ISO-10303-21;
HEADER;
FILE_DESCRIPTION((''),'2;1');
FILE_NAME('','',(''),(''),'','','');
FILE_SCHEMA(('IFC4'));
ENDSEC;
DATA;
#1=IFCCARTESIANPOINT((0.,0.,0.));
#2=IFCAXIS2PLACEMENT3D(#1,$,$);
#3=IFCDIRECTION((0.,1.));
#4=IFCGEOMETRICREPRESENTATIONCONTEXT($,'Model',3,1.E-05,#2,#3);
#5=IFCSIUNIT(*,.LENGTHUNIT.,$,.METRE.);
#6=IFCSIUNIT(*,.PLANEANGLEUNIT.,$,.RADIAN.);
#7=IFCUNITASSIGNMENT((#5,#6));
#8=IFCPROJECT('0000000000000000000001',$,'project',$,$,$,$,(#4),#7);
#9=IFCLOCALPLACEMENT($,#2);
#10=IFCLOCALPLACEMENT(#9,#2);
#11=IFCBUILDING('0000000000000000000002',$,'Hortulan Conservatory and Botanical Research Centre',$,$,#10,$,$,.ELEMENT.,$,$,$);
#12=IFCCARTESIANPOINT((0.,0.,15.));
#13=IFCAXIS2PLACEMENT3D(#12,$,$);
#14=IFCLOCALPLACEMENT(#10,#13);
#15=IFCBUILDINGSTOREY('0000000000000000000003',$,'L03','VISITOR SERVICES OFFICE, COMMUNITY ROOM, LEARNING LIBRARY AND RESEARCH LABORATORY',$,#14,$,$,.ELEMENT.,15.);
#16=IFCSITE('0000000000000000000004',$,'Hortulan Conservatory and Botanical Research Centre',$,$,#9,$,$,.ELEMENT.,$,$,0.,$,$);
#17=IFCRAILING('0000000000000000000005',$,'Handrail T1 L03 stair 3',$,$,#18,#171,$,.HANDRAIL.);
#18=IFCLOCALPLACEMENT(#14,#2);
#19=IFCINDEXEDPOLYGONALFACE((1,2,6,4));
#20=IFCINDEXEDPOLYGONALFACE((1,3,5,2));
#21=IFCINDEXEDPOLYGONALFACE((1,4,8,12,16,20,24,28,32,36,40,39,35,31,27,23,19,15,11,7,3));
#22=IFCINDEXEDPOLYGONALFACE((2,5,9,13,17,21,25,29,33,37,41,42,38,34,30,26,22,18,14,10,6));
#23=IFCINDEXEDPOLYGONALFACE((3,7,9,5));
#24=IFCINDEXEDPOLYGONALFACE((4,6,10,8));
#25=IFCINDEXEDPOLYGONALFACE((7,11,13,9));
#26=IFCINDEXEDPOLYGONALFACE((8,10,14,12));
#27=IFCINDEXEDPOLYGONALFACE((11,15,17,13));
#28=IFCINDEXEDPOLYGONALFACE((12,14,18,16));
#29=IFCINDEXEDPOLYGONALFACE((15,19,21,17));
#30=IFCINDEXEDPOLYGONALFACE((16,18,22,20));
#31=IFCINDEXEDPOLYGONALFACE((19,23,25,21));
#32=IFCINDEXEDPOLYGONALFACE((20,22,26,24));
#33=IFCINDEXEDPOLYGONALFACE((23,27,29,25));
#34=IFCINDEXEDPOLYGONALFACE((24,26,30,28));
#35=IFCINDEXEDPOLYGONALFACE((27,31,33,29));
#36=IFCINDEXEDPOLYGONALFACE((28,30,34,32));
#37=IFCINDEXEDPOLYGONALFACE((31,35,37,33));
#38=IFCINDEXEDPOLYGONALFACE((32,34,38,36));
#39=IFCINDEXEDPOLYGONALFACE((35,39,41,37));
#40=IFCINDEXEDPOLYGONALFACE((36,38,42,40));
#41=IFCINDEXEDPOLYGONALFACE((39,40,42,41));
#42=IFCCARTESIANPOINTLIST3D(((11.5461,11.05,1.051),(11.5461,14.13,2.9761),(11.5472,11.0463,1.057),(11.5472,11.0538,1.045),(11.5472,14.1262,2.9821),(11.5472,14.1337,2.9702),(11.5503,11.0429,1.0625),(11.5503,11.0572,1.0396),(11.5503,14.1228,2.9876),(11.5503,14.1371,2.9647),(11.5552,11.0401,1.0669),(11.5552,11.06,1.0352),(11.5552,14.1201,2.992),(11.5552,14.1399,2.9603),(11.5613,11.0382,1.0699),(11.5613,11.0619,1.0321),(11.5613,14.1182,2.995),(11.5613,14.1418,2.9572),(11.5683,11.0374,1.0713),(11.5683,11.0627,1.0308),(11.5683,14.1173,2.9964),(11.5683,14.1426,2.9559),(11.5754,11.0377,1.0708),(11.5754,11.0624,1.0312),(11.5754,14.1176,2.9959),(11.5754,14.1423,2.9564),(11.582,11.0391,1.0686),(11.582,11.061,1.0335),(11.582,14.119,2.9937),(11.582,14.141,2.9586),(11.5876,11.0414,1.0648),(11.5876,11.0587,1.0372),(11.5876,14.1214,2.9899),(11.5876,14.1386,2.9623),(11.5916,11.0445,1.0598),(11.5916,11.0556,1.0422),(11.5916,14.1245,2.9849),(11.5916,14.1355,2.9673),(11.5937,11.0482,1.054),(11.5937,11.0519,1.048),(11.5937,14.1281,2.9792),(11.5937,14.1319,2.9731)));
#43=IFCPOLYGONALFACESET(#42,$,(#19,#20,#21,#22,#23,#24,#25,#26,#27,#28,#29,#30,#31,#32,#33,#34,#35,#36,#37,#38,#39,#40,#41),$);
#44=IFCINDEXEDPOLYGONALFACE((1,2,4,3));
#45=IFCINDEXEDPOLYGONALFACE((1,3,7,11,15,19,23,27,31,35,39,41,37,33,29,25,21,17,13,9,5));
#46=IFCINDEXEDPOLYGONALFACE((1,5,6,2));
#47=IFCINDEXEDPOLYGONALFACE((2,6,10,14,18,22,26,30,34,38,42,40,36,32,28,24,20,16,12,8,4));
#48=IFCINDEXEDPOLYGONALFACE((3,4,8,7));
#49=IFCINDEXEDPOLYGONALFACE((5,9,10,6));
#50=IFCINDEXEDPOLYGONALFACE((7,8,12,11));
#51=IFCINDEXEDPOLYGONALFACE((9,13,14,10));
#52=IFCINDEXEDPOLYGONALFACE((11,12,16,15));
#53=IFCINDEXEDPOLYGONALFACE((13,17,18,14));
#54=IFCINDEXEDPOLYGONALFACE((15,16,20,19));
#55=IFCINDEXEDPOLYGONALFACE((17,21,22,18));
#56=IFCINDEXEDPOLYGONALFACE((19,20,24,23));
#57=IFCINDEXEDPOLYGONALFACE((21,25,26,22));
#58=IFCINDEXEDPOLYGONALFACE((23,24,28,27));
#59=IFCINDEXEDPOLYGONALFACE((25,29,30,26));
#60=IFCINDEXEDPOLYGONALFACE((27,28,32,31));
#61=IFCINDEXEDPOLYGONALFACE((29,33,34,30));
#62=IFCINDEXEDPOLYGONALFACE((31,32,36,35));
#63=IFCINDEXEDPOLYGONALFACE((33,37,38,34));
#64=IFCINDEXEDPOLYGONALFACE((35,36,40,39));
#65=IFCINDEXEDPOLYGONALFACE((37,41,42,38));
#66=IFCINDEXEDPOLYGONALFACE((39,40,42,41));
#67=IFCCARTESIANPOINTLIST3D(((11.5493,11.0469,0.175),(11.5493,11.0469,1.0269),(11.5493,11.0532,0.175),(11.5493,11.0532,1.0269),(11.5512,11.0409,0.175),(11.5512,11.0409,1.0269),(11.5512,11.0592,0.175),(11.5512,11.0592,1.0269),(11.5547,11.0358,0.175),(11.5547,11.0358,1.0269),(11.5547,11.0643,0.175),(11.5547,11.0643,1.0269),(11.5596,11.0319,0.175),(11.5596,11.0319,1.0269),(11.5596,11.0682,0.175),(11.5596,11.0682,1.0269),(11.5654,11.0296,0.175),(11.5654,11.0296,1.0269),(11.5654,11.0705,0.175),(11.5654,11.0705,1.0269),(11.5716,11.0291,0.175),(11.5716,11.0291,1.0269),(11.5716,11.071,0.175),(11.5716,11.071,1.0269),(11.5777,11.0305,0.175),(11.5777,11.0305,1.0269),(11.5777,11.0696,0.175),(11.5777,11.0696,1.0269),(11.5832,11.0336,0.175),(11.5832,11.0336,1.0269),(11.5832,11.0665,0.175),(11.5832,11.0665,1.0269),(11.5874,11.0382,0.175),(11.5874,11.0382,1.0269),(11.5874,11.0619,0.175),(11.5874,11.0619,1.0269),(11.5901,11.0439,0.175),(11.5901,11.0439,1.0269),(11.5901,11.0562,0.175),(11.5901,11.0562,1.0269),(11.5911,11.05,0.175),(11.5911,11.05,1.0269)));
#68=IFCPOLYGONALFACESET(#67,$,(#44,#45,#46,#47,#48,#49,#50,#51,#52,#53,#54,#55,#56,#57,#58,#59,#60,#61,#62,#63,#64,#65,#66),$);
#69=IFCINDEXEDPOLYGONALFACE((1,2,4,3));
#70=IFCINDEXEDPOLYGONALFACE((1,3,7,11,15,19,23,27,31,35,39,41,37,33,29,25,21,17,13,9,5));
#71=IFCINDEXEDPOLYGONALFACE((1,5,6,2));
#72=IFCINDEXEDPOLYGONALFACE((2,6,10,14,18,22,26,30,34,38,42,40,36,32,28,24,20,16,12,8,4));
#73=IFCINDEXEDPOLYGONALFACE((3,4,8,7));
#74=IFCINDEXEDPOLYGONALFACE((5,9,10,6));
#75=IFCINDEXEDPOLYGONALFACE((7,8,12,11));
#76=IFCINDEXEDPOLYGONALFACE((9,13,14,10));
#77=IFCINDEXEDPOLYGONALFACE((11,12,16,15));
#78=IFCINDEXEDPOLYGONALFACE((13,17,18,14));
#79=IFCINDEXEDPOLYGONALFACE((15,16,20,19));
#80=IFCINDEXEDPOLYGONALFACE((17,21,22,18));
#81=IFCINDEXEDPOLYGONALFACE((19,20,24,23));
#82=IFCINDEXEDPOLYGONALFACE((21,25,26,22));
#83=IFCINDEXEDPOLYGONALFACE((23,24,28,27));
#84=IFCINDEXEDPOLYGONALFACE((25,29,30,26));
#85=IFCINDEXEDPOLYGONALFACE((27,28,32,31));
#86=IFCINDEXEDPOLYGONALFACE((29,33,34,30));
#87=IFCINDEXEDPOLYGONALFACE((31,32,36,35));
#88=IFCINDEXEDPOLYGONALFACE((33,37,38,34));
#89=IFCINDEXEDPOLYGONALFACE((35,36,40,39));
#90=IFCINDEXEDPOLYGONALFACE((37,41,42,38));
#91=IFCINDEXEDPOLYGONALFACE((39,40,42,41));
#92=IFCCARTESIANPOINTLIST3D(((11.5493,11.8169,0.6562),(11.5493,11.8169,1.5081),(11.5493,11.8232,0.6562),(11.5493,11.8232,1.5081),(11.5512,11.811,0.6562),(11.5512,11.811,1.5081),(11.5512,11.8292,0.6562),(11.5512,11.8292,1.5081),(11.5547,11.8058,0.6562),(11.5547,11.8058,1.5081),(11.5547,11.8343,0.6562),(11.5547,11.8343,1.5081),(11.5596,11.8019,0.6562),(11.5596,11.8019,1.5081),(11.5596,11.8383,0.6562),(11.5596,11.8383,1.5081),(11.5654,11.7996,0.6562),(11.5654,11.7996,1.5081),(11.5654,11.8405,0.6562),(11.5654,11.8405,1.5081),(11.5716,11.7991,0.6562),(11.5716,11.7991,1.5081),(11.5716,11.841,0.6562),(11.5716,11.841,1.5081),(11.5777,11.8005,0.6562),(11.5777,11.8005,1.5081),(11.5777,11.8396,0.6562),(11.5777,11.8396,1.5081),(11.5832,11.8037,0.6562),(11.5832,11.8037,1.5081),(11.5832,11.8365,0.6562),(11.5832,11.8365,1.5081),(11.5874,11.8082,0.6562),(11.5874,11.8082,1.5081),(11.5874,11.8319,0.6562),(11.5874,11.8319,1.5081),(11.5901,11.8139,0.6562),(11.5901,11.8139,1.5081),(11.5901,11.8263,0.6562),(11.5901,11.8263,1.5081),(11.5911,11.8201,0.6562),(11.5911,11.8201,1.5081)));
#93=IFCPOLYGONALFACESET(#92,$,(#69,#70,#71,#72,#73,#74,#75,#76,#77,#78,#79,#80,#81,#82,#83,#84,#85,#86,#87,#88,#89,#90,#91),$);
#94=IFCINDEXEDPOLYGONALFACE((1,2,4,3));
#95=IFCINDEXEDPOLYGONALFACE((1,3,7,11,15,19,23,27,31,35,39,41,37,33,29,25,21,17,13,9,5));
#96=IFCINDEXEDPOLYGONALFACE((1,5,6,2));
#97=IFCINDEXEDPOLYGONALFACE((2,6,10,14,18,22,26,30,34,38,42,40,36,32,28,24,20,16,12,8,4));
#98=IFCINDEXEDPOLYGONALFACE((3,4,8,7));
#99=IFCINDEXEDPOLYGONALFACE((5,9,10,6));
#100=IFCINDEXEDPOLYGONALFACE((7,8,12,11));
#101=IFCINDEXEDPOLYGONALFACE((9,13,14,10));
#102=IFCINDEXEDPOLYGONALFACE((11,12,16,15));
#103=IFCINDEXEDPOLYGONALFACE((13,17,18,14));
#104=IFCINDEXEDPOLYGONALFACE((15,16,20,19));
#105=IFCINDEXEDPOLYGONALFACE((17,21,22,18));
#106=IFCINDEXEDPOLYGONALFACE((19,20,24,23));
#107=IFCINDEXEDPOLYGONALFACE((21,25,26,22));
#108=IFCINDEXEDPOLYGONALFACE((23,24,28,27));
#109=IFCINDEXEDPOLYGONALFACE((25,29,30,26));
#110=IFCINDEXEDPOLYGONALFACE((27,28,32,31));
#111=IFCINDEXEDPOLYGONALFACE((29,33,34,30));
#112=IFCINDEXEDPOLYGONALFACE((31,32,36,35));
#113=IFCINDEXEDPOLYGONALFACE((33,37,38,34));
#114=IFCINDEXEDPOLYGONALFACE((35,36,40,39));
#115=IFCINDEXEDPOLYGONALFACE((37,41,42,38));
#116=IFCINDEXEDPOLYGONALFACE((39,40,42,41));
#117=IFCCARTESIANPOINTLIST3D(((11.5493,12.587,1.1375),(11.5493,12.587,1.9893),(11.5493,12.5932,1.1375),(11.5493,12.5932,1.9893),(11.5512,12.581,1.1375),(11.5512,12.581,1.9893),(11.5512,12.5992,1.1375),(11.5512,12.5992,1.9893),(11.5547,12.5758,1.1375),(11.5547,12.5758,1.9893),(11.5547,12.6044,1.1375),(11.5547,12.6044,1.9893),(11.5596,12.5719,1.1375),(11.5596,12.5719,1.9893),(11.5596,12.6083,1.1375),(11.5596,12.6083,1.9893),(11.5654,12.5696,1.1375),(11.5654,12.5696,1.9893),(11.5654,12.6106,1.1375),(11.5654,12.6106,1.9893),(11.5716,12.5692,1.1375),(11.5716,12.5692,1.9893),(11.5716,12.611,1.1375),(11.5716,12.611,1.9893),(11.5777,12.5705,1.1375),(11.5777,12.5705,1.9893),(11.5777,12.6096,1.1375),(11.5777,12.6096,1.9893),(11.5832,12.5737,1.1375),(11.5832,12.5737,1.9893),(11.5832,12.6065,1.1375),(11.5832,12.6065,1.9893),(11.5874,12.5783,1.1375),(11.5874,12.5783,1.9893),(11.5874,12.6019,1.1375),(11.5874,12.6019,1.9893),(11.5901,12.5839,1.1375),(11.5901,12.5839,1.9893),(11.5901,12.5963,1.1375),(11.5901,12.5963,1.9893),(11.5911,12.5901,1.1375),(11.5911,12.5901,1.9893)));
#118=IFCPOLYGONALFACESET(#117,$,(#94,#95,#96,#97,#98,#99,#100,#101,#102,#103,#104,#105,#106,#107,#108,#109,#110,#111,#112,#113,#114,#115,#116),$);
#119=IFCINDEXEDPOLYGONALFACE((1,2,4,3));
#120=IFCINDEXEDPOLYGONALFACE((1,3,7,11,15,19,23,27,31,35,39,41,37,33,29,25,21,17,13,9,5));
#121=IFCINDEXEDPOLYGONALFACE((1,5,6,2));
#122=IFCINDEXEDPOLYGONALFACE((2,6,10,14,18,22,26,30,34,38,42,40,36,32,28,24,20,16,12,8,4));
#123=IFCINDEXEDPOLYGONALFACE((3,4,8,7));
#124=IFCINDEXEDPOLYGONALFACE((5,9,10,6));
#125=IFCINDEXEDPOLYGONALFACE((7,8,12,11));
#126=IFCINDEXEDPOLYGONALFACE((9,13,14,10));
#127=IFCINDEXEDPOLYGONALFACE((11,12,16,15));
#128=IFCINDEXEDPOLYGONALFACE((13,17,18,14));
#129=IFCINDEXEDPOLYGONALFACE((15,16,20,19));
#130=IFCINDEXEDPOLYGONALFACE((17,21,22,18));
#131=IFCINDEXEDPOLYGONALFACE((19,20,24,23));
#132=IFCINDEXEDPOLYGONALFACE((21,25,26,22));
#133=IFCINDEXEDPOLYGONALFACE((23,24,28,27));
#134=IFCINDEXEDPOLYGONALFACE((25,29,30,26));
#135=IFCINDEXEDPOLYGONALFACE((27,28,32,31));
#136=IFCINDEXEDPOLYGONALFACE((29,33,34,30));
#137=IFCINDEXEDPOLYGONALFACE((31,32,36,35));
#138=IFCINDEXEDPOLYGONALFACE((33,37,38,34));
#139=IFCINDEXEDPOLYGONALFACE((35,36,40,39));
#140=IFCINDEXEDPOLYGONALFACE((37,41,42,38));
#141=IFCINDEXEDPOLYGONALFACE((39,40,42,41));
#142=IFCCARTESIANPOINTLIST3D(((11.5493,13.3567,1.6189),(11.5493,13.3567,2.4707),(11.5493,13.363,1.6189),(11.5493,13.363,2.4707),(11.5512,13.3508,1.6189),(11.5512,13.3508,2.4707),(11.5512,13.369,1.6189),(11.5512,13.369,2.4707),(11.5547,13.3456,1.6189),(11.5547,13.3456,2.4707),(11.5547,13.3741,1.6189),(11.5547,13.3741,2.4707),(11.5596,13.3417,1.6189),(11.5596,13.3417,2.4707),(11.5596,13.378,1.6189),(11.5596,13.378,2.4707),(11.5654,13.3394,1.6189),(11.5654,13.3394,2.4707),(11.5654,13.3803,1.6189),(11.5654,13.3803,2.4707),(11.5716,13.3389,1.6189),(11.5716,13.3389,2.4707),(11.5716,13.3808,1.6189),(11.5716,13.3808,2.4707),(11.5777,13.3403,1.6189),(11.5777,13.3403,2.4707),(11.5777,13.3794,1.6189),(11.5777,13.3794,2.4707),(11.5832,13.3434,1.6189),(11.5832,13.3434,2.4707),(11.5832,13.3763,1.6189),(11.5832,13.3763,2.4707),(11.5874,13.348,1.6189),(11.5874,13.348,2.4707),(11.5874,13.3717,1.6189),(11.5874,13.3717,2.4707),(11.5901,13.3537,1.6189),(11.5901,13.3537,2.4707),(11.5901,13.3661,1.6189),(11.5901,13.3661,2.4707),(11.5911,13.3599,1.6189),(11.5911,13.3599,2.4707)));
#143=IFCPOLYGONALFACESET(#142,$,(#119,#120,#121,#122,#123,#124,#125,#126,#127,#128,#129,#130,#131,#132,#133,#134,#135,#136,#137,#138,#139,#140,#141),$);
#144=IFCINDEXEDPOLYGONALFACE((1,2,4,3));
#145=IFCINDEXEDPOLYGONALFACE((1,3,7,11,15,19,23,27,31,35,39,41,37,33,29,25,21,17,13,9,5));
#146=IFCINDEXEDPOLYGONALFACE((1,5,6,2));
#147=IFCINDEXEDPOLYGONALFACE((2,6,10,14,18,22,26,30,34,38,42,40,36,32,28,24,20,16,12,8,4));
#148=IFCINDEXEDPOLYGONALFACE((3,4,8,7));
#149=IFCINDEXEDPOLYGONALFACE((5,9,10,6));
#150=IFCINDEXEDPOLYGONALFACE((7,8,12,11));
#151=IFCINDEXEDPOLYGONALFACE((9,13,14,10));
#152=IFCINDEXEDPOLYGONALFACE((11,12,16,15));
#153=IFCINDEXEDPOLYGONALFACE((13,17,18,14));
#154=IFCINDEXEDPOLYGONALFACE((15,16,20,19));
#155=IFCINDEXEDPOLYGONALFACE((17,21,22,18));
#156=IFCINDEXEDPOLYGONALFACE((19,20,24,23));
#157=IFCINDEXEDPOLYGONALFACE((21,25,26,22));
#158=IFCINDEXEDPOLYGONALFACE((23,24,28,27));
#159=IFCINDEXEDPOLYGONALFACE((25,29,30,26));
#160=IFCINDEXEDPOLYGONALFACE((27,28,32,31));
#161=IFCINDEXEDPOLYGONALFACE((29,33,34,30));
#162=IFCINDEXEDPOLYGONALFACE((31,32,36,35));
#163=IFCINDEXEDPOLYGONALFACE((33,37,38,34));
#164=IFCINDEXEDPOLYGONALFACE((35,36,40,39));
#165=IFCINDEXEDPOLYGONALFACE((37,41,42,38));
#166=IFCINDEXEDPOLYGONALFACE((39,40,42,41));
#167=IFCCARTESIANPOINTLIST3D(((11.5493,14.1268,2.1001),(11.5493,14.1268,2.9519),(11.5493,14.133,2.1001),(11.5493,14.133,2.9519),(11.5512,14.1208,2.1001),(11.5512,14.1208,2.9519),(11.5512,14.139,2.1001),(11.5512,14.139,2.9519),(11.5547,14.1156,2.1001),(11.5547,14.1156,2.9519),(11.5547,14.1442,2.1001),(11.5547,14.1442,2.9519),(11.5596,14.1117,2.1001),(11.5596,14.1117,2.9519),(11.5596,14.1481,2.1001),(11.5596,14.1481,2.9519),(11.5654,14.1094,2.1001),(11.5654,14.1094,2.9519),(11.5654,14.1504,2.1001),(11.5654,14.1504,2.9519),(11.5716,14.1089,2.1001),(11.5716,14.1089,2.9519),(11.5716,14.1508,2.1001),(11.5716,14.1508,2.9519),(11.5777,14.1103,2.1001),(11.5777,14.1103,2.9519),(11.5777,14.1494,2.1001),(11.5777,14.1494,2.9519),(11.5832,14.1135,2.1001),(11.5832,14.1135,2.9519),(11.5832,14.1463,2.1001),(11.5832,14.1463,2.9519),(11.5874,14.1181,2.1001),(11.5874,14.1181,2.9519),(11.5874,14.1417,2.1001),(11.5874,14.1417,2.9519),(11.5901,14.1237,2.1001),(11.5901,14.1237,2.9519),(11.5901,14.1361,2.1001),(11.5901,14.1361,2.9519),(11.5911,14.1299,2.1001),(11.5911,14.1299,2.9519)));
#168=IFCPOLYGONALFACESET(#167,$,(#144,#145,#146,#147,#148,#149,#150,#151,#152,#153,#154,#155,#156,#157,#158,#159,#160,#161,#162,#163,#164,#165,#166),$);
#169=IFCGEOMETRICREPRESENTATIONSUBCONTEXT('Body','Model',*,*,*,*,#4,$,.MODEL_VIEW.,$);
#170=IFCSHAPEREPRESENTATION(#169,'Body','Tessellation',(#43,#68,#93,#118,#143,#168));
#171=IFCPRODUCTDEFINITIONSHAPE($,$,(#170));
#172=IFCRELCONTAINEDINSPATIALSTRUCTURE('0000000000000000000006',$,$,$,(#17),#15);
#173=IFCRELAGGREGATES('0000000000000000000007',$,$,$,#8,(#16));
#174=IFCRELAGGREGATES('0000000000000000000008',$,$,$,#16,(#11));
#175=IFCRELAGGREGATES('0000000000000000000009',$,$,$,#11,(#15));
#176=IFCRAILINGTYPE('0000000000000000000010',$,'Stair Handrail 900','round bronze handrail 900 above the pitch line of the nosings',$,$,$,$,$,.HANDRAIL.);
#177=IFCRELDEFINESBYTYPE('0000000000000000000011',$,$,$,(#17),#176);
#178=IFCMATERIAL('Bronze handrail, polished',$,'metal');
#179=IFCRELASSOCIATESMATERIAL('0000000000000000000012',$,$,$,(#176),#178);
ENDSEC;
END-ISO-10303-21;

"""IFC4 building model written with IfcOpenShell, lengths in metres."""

from ifc_helpers import new_model, si_unit, direction, frame, origin, origin_2d, place, context, subcontext, project, spatial, circle, extrude, material, type_object, element, save


model = new_model("IFC4")

# Units and contexts
model_context = context("Model", 3, precision=1e-05, world=origin(), true_north=direction((0.0, 1.0)))
body_context = subcontext(model_context, "Body", "Model", "MODEL_VIEW")
ifc_project = project(units=[si_unit("LENGTHUNIT", "METRE"), si_unit("PLANEANGLEUNIT", "RADIAN")], contexts=[model_context])

# Site, building, storey
site_placement = place(None, origin())
site = spatial("IfcSite", under=ifc_project, at=site_placement, Name="Hortulan Conservatory and Botanical Research Centre", CompositionType="ELEMENT", RefElevation=0.0)
building_placement = place(site_placement, origin())
building = spatial("IfcBuilding", under=site, at=building_placement, Name="Hortulan Conservatory and Botanical Research Centre", CompositionType="ELEMENT")
storey_placement = place(building_placement, frame((0.0, 0.0, 15.0)))
storey = spatial("IfcBuildingStorey", under=building, at=storey_placement, Name="L03", Description="VISITOR SERVICES OFFICE, COMMUNITY ROOM, LEARNING LIBRARY AND RESEARCH LABORATORY", CompositionType="ELEMENT", Elevation=15.0)

# Railing
ifc_material_1 = material(Name="Bronze handrail, polished", Category="metal")
railing_type_1 = type_object("IfcRailingType", Name="Stair Handrail 900", Description="round bronze handrail 900 above the pitch line of the nosings", PredefinedType="HANDRAIL", material=ifc_material_1)
for number, where, name in (
    (1, (11.5701, 11.05, 0.175), "Handrail T1 L03 stair 3"),
):
    element("IfcRailing", number, at=place(storey_placement, frame(where)), inside=storey, type_object=railing_type_1, Name=name, PredefinedType="HANDRAIL", context=body_context, shape_type="SweptSolid", body=[
        extrude(circle(Radius=0.0239, at=origin_2d()), frame((0.0, 0.0, 0.876), z_axis=(0.0, 0.847979, 0.530029), x_axis=(-1.0, 0.0, 0.0)), (0.0, 0.0, 1.0), 3.6321),
        extrude(circle(Radius=0.021, at=origin_2d()), origin(), (0.0, 0.0, 1.0), 0.8518),
        extrude(circle(Radius=0.021, at=origin_2d()), frame((0.0, 0.77, 0.4812)), (0.0, 0.0, 1.0), 0.8518),
        extrude(circle(Radius=0.021, at=origin_2d()), frame((0.0, 1.54, 0.9624)), (0.0, 0.0, 1.0), 0.8518),
        extrude(circle(Radius=0.021, at=origin_2d()), frame((0.0, 2.3098, 1.4438)), (0.0, 0.0, 1.0), 0.8518),
        extrude(circle(Radius=0.021, at=origin_2d()), frame((0.0, 3.0798, 1.925)), (0.0, 0.0, 1.0), 0.8518),
    ])

save(model, "model.ifc")
